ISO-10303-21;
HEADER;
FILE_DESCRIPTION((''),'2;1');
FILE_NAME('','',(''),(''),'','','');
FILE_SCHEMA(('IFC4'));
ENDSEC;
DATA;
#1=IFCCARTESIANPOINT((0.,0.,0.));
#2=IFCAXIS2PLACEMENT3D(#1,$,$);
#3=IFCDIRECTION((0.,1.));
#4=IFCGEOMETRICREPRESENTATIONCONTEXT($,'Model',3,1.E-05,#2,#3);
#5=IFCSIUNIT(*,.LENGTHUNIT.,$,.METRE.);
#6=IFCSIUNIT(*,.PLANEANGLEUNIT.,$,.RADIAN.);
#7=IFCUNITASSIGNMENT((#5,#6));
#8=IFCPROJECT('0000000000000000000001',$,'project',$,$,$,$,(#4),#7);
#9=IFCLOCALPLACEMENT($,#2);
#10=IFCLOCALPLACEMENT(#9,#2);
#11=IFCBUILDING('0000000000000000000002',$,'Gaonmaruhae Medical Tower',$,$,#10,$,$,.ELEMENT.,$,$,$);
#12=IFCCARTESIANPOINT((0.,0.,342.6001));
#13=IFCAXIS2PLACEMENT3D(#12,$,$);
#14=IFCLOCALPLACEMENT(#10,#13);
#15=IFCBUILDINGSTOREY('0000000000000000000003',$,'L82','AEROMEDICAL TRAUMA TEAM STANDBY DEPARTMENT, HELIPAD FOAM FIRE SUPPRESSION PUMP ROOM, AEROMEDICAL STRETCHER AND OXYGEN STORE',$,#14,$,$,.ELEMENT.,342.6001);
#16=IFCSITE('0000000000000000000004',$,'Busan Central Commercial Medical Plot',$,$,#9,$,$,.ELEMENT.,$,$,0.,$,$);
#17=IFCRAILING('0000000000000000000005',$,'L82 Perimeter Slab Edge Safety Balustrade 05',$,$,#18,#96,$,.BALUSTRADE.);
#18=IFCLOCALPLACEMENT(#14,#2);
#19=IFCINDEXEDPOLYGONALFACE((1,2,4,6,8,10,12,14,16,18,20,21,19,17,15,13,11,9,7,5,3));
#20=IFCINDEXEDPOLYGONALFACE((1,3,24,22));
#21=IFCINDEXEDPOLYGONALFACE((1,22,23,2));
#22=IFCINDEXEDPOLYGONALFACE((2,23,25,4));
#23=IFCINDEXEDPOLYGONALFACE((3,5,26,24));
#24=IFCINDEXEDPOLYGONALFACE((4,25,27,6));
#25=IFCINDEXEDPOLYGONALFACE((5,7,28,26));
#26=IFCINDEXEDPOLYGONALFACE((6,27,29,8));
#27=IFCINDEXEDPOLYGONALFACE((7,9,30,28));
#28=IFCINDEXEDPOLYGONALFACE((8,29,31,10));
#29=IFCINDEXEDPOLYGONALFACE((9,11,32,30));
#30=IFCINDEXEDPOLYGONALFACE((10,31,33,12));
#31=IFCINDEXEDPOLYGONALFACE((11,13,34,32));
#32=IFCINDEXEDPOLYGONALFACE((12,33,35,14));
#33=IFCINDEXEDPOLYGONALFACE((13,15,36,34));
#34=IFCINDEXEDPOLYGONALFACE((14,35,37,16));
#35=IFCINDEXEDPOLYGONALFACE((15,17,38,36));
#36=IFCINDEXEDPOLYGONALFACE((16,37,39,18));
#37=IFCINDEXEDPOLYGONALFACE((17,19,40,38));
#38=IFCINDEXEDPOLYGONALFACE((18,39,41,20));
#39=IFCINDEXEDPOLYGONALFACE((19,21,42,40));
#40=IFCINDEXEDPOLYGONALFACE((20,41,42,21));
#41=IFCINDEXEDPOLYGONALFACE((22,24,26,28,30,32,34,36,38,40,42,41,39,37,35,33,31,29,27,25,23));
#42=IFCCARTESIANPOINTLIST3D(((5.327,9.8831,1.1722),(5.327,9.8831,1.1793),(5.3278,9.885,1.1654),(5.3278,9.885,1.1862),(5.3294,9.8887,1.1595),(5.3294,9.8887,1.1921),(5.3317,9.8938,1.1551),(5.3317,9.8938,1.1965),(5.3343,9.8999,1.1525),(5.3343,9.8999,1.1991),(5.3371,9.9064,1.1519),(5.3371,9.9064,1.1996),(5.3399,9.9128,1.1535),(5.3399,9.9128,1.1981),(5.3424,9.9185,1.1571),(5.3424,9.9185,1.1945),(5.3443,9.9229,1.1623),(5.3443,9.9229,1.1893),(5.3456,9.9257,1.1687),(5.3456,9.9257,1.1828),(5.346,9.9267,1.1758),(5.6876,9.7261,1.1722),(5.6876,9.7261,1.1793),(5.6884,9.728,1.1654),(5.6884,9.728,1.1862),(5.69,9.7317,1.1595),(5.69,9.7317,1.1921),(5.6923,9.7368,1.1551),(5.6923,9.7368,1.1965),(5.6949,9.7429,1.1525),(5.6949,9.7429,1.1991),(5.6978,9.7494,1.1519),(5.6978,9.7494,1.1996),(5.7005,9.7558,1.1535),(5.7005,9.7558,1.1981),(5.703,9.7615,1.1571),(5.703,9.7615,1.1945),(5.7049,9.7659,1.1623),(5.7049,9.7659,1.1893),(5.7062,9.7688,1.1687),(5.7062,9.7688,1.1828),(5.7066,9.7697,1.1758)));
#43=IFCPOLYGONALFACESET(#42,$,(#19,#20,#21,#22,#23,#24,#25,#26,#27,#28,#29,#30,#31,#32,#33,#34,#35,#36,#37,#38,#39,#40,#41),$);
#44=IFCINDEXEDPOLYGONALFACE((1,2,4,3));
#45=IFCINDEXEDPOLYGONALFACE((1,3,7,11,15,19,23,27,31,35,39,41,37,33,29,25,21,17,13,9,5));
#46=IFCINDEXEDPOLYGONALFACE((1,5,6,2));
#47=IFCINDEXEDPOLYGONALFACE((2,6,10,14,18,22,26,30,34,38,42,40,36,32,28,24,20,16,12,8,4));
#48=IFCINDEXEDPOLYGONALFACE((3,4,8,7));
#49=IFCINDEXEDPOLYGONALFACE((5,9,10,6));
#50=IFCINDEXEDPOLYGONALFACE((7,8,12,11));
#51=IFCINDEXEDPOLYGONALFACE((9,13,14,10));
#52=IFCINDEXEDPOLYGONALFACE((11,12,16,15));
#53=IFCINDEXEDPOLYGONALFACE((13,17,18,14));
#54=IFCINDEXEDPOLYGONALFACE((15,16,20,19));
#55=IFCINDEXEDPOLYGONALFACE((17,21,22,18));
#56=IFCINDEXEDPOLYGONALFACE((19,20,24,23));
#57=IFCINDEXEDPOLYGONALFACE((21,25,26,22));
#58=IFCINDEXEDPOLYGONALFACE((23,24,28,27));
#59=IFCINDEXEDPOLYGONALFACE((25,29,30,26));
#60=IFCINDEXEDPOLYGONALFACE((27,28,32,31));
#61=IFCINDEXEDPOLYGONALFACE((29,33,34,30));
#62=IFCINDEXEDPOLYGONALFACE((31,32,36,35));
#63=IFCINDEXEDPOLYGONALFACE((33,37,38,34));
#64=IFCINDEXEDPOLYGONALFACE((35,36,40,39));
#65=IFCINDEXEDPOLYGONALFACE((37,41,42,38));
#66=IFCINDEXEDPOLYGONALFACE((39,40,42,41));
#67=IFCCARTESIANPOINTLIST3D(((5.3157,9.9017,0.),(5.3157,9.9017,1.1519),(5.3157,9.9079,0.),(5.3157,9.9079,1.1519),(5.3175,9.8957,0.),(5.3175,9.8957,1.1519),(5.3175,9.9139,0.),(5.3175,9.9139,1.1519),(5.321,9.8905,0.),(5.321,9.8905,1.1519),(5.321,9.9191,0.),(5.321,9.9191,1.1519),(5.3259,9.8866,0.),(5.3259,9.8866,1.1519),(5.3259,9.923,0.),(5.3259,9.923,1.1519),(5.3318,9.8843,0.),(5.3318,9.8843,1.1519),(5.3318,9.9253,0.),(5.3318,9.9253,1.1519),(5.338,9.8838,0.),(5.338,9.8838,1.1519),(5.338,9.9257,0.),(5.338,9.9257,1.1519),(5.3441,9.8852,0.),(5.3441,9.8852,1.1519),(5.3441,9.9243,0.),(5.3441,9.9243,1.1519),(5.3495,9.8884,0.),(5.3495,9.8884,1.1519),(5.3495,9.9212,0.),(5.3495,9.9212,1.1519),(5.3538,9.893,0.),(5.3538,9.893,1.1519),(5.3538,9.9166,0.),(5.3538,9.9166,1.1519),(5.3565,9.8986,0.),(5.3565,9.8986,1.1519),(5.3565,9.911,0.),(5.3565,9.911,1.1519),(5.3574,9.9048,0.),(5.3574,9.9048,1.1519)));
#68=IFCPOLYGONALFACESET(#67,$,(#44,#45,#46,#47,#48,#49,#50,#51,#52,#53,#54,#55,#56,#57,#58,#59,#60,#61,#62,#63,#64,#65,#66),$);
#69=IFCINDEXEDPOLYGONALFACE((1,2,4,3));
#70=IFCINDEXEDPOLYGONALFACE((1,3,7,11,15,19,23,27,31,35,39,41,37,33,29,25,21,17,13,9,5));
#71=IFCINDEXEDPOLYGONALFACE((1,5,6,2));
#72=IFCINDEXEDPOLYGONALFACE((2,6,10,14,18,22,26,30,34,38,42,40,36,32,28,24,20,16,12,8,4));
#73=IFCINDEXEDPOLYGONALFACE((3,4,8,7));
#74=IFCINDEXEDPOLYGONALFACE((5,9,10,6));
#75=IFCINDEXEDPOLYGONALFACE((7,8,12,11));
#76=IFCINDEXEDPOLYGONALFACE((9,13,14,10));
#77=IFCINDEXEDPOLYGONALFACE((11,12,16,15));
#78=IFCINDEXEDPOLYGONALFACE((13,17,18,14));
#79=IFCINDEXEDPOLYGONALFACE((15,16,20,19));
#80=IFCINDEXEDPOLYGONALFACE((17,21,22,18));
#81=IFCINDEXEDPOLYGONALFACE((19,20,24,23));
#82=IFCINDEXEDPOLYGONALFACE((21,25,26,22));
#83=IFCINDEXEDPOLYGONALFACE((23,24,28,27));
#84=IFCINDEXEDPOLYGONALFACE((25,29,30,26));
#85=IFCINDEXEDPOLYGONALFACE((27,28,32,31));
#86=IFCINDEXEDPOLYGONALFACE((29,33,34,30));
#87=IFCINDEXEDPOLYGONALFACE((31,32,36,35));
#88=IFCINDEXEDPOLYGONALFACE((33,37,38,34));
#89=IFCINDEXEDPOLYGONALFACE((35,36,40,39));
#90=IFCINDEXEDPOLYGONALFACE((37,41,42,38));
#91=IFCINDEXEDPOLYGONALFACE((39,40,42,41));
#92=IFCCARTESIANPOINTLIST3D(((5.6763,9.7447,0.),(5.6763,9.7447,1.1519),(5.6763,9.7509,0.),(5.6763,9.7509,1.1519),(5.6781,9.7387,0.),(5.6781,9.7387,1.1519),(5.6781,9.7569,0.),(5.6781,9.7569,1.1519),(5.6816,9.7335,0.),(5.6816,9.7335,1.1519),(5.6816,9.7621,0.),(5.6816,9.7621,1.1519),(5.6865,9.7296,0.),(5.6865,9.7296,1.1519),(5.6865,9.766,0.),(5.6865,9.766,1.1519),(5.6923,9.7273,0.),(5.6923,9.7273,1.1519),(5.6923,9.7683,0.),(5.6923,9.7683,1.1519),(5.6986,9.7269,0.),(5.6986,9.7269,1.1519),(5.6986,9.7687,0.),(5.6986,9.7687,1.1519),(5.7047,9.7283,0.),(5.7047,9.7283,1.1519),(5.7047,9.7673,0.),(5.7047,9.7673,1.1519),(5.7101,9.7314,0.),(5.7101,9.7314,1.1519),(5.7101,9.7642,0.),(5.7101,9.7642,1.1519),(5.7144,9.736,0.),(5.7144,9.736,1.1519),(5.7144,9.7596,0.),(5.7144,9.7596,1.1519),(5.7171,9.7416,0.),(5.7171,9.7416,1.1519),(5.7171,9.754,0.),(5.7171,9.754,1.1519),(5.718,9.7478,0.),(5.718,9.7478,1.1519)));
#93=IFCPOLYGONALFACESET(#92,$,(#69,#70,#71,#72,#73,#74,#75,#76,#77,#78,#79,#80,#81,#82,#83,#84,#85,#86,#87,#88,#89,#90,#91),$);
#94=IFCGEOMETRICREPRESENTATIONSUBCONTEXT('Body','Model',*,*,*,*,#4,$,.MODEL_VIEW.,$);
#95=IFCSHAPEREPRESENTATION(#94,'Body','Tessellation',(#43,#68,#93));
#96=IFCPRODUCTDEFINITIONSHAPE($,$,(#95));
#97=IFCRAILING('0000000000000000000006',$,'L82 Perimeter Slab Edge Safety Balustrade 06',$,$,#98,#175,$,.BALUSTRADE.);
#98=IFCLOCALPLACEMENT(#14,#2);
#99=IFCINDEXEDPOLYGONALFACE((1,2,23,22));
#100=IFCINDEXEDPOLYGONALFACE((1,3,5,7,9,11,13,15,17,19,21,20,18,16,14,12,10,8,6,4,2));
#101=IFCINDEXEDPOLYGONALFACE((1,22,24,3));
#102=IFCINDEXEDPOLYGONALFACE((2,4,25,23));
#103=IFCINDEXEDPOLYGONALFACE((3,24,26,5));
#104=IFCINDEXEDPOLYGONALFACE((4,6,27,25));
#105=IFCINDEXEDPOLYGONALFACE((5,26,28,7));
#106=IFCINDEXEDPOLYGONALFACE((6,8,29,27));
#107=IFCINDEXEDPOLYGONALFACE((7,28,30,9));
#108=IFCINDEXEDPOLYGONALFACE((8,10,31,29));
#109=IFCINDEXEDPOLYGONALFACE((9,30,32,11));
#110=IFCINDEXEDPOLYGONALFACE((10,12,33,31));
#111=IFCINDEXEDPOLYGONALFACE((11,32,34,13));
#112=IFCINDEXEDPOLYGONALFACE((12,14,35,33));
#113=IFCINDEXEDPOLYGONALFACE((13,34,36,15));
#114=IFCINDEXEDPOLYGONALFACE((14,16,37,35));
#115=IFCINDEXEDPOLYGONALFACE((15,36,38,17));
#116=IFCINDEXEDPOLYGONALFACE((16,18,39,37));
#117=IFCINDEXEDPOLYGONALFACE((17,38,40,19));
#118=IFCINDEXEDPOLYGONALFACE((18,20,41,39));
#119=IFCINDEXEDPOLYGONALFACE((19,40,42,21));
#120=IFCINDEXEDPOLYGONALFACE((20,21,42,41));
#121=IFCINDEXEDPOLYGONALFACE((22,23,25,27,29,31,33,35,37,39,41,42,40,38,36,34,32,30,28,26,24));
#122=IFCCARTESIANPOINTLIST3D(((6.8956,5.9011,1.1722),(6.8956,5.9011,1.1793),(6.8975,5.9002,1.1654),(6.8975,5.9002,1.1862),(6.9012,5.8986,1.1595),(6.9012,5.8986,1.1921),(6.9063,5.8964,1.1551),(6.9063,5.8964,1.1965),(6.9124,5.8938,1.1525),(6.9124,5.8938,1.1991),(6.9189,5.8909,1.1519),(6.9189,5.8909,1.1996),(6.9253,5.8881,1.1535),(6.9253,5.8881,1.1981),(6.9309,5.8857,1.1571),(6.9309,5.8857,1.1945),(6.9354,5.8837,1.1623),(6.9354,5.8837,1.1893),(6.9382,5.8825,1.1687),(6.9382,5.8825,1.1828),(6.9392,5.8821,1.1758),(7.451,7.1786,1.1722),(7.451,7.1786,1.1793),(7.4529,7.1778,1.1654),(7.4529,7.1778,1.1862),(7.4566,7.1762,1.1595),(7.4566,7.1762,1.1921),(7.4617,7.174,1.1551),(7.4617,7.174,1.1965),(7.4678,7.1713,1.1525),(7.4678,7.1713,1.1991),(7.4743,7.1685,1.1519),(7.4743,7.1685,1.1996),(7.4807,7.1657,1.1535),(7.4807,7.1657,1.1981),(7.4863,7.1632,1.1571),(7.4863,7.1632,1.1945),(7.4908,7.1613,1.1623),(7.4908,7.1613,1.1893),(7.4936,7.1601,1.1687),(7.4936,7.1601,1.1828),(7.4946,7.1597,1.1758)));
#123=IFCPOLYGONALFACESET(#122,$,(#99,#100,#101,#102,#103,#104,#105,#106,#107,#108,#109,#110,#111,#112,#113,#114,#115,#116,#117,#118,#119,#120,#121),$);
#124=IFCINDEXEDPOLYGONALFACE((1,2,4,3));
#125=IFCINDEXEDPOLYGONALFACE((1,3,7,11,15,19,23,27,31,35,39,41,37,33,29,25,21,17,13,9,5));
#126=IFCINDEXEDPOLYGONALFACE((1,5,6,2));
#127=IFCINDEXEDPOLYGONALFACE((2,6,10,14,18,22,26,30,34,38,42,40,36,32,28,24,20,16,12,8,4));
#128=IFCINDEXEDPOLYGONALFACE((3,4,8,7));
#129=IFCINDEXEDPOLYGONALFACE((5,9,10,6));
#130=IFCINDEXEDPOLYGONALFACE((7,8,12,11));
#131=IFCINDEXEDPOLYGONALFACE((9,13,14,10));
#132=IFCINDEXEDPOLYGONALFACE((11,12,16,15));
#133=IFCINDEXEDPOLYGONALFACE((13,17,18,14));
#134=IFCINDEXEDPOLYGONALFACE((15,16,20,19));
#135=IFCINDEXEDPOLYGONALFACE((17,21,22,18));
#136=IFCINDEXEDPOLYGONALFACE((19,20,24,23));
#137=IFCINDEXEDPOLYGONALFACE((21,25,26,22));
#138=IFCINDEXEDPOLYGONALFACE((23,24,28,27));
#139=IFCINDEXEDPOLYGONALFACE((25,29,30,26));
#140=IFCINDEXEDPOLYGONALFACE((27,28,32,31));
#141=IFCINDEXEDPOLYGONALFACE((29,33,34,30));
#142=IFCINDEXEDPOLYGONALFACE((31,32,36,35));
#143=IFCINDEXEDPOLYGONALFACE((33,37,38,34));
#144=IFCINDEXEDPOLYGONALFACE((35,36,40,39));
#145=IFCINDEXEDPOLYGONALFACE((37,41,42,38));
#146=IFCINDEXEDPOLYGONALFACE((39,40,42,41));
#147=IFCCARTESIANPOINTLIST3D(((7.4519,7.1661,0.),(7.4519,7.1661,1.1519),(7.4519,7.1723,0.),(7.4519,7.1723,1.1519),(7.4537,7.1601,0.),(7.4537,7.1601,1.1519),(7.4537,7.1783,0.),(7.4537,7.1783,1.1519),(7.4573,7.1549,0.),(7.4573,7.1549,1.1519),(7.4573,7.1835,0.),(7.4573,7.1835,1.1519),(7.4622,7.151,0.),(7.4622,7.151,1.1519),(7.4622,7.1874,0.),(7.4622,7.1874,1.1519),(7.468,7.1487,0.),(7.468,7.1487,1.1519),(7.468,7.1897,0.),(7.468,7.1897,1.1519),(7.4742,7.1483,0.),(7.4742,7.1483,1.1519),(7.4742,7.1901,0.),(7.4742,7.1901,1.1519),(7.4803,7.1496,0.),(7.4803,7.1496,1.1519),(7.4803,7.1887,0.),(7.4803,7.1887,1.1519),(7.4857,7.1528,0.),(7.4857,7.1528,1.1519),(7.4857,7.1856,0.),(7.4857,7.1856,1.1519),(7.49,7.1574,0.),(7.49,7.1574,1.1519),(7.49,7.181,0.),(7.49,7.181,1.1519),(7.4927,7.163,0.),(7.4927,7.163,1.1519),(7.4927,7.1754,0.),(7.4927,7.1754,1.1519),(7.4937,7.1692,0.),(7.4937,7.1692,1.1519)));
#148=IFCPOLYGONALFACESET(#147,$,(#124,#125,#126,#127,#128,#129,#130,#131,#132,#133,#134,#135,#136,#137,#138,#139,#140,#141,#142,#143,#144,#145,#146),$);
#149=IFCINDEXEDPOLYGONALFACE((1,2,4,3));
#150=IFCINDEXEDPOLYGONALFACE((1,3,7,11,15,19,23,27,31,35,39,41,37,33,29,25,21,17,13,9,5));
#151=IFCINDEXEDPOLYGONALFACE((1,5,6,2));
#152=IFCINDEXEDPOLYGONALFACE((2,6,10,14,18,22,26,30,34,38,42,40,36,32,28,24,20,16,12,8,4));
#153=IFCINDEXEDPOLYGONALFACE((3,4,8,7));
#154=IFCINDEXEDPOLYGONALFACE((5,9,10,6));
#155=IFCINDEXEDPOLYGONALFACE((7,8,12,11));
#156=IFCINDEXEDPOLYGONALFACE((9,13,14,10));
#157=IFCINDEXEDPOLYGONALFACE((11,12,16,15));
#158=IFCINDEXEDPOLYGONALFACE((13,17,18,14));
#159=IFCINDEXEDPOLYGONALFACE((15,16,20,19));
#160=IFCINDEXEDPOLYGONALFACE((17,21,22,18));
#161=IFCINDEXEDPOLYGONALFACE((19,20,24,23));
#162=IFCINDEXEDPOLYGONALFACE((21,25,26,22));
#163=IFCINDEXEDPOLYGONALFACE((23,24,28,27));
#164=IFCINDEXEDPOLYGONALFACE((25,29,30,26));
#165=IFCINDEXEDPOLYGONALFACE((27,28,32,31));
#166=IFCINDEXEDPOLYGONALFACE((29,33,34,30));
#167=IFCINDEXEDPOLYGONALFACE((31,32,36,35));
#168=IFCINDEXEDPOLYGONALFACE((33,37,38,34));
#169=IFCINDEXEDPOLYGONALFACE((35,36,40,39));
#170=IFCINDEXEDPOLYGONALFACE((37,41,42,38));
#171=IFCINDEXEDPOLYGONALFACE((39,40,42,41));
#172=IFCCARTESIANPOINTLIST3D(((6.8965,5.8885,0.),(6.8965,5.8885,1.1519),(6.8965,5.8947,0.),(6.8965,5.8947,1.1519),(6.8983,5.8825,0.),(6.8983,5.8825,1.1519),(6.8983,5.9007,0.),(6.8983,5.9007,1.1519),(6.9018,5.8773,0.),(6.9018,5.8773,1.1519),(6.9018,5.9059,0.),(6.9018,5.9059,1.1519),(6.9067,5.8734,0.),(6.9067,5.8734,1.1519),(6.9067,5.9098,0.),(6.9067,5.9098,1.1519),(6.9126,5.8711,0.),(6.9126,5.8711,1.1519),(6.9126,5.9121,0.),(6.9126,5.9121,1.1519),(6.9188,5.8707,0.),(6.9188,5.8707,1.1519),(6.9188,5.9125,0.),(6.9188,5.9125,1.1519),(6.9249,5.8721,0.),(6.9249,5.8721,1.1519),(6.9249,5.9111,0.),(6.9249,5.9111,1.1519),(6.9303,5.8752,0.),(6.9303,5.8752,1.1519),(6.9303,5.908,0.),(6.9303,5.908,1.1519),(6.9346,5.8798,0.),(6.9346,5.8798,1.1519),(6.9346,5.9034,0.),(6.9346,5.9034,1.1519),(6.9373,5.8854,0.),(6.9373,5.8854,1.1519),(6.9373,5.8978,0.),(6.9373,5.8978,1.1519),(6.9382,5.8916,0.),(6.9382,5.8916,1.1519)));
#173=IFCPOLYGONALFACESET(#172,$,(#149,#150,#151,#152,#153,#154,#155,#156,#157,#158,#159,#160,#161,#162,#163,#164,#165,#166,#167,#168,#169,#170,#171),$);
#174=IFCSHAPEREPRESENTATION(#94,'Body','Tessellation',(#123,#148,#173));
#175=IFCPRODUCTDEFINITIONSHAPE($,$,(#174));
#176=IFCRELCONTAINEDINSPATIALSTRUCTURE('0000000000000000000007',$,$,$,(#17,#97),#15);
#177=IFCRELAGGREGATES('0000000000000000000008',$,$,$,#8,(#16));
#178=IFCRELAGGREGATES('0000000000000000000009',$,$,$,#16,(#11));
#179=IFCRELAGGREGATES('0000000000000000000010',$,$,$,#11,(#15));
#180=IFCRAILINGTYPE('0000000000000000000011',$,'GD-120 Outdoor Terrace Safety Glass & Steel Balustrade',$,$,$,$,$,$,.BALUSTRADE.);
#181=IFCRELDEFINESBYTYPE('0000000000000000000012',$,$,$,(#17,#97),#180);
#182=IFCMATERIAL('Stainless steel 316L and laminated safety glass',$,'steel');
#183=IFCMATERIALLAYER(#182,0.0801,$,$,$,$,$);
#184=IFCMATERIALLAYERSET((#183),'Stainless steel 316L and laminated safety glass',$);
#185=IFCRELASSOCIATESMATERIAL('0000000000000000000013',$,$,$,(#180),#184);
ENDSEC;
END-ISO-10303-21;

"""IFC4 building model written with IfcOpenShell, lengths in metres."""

from ifc_helpers import new_model, si_unit, direction, frame, origin, origin_2d, place, context, subcontext, project, spatial, circle, extrude, material, layer, layer_set, type_object, element, save


model = new_model("IFC4")

# Units and contexts
model_context = context("Model", 3, precision=1e-05, world=origin(), true_north=direction((0.0, 1.0)))
body_context = subcontext(model_context, "Body", "Model", "MODEL_VIEW")
ifc_project = project(units=[si_unit("LENGTHUNIT", "METRE"), si_unit("PLANEANGLEUNIT", "RADIAN")], contexts=[model_context])

# Site, building, storey
site_placement = place(None, origin())
site = spatial("IfcSite", under=ifc_project, at=site_placement, Name="Busan Central Commercial Medical Plot", CompositionType="ELEMENT", RefElevation=0.0)
building_placement = place(site_placement, origin())
building = spatial("IfcBuilding", under=site, at=building_placement, Name="Gaonmaruhae Medical Tower", CompositionType="ELEMENT")
storey_placement = place(building_placement, frame((0.0, 0.0, 342.6001)))
storey = spatial("IfcBuildingStorey", under=building, at=storey_placement, Name="L82", Description="AEROMEDICAL TRAUMA TEAM STANDBY DEPARTMENT, HELIPAD FOAM FIRE SUPPRESSION PUMP ROOM, AEROMEDICAL STRETCHER AND OXYGEN STORE", CompositionType="ELEMENT", Elevation=342.6001)

# Railings
ifc_material_1 = material(Name="Stainless steel 316L and laminated safety glass", Category="steel")
ifc_layer_1 = layer(ifc_material_1, 0.0801)
ifc_layer_set_1 = layer_set([ifc_layer_1], Name="Stainless steel 316L and laminated safety glass")
railing_type = type_object("IfcRailingType", Name="GD-120 Outdoor Terrace Safety Glass & Steel Balustrade", PredefinedType="BALUSTRADE", material=ifc_layer_set_1)
railing_1_placement = place(storey_placement, frame((5.3364, 9.9048, 0.0)))
element("IfcRailing", 1, at=railing_1_placement, inside=storey, type_object=railing_type, Name="L82 Perimeter Slab Edge Safety Balustrade 05", PredefinedType="BALUSTRADE", context=body_context, shape_type="SweptSolid", body=[
    extrude(circle(Radius=0.0239, at=origin_2d()), frame((0.0, 0.0, 1.1758), z_axis=(0.916882, -0.399157, 0.0), x_axis=(0.399157, 0.916882, 0.0)), (0.0, 0.0, 1.0), 0.3933),
    extrude(circle(Radius=0.021, at=origin_2d()), origin(), (0.0, 0.0, 1.0), 1.1519),
    extrude(circle(Radius=0.021, at=origin_2d()), frame((0.3606, -0.157, 0.0)), (0.0, 0.0, 1.0), 1.1519),
])
railing_2_placement = place(storey_placement, frame((7.4727, 7.1692, 0.0)))
element("IfcRailing", 2, at=railing_2_placement, inside=storey, type_object=railing_type, Name="L82 Perimeter Slab Edge Safety Balustrade 06", PredefinedType="BALUSTRADE", context=body_context, shape_type="SweptSolid", body=[
    extrude(circle(Radius=0.0239, at=origin_2d()), frame((0.0, 0.0, 1.1758), z_axis=(-0.398694, -0.917084, 0.0), x_axis=(0.917084, -0.398694, 0.0)), (0.0, 0.0, 1.0), 1.3931),
    extrude(circle(Radius=0.021, at=origin_2d()), origin(), (0.0, 0.0, 1.0), 1.1519),
    extrude(circle(Radius=0.021, at=origin_2d()), frame((-0.5554, -1.2776, 0.0)), (0.0, 0.0, 1.0), 1.1519),
])

save(model, "model.ifc")
